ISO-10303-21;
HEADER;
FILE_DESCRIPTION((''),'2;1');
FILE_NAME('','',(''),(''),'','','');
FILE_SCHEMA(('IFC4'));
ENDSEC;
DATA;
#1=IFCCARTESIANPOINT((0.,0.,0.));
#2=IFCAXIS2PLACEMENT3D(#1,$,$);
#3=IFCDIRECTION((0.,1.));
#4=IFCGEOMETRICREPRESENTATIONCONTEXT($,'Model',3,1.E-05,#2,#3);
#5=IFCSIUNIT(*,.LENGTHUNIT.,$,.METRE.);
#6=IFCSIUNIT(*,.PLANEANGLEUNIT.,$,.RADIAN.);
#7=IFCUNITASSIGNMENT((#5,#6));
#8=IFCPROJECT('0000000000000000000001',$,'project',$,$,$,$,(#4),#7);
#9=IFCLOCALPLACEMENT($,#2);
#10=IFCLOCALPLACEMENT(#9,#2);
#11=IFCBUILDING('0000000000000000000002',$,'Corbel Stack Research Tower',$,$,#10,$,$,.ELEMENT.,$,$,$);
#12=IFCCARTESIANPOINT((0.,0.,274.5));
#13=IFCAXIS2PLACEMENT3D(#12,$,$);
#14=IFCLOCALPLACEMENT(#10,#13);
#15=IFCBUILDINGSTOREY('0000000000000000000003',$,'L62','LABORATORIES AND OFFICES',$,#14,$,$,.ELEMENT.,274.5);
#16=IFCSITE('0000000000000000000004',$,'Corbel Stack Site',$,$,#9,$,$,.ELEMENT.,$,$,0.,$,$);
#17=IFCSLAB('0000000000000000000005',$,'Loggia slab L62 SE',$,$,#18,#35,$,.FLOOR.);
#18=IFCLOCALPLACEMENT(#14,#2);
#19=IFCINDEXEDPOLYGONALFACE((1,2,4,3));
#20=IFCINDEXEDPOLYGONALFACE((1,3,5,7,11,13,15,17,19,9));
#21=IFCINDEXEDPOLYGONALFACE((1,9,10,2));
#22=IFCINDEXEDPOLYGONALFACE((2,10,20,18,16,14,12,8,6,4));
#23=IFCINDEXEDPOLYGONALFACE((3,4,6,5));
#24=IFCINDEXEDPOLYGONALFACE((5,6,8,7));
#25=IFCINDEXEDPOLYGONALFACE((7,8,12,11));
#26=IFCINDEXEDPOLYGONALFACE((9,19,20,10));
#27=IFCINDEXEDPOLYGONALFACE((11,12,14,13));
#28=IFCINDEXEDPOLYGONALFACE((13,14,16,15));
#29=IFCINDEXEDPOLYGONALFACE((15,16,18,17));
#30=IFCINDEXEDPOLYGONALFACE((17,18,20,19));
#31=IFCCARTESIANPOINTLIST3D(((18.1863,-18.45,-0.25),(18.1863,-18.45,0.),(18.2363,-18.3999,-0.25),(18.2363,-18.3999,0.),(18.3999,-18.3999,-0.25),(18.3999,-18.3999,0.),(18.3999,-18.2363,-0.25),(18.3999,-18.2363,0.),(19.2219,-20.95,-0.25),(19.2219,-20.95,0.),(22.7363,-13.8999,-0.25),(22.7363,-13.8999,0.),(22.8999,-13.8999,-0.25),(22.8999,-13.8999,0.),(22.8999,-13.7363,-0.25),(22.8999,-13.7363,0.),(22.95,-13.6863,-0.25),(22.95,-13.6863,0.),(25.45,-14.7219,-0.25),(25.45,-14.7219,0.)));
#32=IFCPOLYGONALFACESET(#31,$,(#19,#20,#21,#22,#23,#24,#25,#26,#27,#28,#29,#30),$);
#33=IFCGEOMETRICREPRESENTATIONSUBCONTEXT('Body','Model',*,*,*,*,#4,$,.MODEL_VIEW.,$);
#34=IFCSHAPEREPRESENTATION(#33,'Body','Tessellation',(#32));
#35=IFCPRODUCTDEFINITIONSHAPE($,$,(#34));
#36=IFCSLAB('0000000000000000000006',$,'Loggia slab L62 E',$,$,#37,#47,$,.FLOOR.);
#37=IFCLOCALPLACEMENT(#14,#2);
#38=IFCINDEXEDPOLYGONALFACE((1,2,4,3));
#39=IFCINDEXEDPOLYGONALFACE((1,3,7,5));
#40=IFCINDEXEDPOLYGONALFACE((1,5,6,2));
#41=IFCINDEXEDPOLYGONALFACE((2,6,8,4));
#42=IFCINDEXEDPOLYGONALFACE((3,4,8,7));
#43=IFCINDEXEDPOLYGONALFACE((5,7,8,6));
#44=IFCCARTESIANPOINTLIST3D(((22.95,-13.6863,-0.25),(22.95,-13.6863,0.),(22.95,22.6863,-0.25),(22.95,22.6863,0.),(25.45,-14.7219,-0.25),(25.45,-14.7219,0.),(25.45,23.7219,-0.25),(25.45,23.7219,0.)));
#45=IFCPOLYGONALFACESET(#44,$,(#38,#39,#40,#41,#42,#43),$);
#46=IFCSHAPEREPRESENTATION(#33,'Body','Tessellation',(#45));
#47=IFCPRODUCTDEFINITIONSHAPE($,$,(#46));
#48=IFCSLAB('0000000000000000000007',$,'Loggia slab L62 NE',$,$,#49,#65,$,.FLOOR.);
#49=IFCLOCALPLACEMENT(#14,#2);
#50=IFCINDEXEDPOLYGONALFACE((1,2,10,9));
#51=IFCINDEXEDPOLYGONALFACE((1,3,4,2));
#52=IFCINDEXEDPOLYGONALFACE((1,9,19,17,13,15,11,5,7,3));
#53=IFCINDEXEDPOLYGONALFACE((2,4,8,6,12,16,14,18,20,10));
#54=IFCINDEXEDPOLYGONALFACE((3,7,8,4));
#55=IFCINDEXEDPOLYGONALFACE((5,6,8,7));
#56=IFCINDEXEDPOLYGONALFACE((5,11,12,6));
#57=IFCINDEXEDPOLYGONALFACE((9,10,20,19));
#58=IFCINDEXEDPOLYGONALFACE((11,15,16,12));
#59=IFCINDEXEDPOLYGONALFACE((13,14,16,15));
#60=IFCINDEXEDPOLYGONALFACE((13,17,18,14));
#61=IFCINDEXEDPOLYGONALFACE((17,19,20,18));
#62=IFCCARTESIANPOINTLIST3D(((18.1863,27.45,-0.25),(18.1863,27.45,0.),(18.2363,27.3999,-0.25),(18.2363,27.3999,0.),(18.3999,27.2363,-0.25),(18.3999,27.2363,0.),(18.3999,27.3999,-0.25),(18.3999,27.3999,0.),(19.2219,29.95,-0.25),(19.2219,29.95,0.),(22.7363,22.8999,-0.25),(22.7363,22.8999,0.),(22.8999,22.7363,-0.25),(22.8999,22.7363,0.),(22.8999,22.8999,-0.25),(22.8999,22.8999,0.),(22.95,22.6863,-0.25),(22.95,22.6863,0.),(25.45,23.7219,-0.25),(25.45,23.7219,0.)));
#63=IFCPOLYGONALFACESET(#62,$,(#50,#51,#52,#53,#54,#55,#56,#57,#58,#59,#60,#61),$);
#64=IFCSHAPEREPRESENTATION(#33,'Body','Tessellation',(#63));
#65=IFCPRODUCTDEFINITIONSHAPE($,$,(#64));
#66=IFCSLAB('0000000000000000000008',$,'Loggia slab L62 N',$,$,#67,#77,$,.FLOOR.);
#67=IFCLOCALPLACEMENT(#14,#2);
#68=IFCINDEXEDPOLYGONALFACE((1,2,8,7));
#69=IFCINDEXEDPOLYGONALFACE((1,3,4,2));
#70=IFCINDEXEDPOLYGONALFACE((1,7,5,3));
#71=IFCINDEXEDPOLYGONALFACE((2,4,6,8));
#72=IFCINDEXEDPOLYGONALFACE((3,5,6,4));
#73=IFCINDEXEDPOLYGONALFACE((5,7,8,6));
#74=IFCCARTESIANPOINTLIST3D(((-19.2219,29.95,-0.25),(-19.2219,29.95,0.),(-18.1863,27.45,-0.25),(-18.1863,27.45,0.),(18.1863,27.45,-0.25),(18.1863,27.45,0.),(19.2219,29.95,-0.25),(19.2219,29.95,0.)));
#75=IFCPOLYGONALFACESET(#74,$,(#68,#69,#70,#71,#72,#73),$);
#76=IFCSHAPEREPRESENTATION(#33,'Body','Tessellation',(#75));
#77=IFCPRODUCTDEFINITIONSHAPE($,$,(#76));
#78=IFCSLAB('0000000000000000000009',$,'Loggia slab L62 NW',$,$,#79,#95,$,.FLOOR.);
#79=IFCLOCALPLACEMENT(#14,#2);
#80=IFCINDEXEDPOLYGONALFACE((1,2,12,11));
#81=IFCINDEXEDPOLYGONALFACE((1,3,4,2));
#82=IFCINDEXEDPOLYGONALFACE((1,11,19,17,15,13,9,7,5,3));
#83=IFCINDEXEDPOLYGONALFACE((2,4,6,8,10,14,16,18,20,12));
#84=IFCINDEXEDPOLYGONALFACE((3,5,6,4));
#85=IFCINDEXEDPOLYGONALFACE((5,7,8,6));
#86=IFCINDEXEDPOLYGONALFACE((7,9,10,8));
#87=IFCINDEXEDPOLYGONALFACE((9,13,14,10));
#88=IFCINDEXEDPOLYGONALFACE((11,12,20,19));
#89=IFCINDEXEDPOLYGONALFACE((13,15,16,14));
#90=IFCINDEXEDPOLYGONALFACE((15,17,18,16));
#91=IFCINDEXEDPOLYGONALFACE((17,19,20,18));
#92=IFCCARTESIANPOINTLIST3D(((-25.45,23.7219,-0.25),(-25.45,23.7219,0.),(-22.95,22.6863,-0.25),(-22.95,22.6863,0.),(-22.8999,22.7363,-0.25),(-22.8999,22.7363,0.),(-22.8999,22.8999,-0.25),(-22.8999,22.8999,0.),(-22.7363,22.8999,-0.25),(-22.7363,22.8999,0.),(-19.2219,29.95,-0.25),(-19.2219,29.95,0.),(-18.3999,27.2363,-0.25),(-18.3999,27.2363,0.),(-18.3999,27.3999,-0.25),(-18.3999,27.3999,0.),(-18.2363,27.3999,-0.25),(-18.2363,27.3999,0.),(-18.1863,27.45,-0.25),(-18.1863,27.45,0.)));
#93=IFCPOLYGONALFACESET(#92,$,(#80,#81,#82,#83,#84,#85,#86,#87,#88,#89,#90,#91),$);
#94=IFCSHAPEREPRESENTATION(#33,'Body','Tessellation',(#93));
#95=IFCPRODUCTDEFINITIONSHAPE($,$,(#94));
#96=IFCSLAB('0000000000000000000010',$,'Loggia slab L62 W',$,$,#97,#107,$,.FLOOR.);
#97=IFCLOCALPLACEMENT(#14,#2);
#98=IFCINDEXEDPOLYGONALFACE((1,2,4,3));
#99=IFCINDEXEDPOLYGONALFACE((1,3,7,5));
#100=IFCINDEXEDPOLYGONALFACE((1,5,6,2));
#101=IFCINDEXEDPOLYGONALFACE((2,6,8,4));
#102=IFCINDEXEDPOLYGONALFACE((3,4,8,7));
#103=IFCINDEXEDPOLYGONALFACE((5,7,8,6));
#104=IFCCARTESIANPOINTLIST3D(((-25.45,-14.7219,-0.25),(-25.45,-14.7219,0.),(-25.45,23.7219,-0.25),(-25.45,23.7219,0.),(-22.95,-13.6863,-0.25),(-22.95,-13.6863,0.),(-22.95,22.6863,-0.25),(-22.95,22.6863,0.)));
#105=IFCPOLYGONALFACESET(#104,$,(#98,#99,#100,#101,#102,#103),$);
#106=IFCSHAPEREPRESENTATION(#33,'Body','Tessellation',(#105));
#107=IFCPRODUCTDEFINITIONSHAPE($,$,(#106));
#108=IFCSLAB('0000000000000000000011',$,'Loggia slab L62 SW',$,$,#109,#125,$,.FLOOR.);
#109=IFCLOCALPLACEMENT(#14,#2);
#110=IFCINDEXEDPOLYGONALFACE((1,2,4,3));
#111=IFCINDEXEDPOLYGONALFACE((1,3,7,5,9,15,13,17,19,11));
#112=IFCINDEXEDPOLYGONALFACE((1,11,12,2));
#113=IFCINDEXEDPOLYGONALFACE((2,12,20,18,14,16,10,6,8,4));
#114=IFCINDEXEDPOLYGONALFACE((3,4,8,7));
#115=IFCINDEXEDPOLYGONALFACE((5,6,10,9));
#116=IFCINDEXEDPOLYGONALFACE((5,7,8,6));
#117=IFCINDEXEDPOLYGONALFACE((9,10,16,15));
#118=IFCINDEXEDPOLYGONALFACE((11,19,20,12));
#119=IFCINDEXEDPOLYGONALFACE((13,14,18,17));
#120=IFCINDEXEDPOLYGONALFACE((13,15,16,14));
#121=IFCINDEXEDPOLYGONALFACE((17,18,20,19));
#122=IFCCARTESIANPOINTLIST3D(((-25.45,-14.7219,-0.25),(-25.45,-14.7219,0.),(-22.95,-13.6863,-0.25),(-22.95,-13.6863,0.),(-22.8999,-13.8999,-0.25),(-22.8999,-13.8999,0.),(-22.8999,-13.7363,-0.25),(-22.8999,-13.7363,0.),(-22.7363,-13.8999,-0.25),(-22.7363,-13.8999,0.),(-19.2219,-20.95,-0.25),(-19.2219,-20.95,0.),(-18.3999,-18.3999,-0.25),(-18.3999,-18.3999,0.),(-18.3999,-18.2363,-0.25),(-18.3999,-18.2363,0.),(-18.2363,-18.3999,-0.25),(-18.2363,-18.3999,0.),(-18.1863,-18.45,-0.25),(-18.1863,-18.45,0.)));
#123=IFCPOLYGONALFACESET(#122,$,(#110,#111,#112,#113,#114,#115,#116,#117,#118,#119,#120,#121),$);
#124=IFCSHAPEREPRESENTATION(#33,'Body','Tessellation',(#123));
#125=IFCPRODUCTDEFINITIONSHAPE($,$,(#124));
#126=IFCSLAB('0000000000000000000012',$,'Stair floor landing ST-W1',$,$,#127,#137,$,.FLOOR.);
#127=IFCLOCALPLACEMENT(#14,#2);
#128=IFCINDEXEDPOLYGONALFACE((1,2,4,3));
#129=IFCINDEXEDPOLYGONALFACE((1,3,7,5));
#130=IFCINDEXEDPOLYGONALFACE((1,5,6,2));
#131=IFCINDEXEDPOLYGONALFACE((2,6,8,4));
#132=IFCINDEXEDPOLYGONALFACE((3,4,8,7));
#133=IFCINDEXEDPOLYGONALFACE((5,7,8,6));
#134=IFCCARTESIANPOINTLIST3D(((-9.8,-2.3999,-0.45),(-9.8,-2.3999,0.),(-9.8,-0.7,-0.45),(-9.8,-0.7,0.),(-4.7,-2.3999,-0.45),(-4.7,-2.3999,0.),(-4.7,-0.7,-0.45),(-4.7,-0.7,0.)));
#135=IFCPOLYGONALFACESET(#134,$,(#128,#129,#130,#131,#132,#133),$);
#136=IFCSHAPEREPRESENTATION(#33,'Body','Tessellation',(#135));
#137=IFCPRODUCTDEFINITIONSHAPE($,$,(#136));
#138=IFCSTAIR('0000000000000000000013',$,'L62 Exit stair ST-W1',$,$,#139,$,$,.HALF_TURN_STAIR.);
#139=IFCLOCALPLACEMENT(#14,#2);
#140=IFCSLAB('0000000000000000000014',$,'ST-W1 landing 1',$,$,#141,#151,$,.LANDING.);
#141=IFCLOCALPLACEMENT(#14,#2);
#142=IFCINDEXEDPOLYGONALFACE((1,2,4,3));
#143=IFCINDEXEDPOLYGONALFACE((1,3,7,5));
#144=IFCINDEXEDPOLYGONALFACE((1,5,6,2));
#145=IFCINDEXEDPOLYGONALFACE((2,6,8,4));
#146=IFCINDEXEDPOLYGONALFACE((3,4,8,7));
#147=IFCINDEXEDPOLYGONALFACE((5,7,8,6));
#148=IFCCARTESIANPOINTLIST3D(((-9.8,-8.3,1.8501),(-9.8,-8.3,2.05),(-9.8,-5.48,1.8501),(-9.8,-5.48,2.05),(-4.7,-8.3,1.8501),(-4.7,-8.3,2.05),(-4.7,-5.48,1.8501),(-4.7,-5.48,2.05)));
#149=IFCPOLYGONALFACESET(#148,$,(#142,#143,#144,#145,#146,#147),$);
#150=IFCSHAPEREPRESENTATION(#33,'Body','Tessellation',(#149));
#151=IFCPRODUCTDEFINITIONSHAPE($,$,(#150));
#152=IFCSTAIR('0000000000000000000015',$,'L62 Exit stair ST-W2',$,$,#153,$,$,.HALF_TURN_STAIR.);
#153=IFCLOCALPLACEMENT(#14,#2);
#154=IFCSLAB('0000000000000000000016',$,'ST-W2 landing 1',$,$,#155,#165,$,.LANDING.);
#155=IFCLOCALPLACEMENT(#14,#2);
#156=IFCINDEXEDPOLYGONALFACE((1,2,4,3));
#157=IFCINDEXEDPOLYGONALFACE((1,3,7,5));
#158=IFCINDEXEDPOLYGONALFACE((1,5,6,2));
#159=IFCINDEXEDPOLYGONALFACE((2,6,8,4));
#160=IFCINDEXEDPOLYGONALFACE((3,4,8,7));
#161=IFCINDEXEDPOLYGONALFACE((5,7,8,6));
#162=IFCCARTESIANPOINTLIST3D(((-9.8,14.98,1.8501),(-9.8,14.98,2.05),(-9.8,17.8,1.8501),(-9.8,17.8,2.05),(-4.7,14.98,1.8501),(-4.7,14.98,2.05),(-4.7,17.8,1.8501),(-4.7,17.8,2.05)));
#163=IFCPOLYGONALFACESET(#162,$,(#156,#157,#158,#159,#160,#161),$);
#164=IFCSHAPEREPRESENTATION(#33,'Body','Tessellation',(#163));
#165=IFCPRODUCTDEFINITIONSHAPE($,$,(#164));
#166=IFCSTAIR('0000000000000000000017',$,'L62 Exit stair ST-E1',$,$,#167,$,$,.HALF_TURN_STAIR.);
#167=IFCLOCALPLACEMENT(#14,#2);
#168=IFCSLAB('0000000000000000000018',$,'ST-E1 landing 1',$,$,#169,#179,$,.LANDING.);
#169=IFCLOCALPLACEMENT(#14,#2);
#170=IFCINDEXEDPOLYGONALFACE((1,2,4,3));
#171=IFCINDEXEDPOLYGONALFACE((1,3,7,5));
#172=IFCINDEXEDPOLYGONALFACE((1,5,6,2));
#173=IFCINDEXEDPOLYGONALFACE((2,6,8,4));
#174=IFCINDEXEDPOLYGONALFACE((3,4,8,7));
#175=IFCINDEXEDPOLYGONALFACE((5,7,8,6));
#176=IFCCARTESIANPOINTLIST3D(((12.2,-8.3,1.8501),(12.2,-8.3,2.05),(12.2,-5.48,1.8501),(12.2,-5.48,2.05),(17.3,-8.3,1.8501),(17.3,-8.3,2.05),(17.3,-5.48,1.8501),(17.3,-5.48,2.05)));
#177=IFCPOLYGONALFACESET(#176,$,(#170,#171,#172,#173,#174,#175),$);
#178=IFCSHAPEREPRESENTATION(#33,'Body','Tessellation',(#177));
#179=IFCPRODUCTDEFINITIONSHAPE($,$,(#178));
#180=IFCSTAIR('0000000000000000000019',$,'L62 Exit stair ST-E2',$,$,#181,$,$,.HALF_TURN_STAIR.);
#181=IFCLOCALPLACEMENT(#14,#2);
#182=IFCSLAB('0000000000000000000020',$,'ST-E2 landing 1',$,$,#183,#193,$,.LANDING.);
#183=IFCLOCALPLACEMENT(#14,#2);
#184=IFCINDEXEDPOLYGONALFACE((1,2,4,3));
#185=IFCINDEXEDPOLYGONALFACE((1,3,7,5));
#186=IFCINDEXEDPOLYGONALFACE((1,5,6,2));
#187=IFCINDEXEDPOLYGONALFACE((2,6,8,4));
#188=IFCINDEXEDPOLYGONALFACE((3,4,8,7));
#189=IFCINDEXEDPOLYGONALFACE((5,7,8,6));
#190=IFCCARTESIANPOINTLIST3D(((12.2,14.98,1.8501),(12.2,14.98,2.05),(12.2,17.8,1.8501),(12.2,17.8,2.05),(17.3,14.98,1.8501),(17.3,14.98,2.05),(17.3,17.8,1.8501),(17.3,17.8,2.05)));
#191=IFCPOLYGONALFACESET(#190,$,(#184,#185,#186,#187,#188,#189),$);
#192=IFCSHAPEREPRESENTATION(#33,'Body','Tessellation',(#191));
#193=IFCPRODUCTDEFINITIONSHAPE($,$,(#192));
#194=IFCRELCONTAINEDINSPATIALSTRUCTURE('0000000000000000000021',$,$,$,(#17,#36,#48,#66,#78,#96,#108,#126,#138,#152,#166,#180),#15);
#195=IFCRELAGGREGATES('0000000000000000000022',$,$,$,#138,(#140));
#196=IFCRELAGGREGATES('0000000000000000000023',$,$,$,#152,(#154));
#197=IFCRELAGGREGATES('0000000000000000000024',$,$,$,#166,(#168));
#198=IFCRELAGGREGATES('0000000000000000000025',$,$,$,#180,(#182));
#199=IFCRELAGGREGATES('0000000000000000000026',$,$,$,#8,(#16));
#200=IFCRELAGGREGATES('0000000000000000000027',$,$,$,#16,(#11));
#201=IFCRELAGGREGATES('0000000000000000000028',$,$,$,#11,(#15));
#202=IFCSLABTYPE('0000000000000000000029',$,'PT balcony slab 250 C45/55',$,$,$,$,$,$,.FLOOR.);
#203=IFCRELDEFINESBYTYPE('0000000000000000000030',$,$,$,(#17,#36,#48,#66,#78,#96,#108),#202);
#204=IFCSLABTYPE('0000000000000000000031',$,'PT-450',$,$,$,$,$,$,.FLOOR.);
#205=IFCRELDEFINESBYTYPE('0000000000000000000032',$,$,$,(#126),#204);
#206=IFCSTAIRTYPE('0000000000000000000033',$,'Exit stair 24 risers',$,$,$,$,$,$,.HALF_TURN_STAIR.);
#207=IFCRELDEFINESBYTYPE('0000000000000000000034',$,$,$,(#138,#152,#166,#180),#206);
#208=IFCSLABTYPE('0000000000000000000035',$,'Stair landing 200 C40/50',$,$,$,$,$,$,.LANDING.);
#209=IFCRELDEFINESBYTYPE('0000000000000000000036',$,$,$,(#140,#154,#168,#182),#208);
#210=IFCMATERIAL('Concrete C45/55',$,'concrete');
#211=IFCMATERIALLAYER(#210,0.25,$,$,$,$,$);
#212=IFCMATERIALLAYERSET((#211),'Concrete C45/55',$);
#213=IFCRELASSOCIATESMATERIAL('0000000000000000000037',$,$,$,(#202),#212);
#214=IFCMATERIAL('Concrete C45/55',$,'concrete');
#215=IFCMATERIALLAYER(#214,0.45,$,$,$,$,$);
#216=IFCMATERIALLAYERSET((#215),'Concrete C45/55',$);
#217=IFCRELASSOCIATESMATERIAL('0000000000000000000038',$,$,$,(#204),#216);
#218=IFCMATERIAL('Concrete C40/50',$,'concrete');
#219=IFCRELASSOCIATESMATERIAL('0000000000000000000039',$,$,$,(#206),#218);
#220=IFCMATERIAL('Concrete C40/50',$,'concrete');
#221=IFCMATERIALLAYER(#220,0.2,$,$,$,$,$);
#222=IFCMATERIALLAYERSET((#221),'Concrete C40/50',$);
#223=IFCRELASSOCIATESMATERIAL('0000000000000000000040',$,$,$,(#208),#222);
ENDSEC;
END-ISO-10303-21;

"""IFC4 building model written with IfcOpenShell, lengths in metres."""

from ifc_helpers import new_model, si_unit, direction, frame, origin, place, context, subcontext, project, spatial, polyline, outline, extrude, material, layer, layer_set, type_object, element, aggregate, save


model = new_model("IFC4")

# Units and contexts
model_context = context("Model", 3, precision=1e-05, world=origin(), true_north=direction((0.0, 1.0)))
body_context = subcontext(model_context, "Body", "Model", "MODEL_VIEW")
ifc_project = project(units=[si_unit("LENGTHUNIT", "METRE"), si_unit("PLANEANGLEUNIT", "RADIAN")], contexts=[model_context])

# Site, building, storey
site_placement = place(None, origin())
site = spatial("IfcSite", under=ifc_project, at=site_placement, Name="Corbel Stack Site", CompositionType="ELEMENT", RefElevation=0.0)
building_placement = place(site_placement, origin())
building = spatial("IfcBuilding", under=site, at=building_placement, Name="Corbel Stack Research Tower", CompositionType="ELEMENT")
storey_placement = place(building_placement, frame((0.0, 0.0, 274.5)))
storey = spatial("IfcBuildingStorey", under=building, at=storey_placement, Name="L62", Description="LABORATORIES AND OFFICES", CompositionType="ELEMENT", Elevation=274.5)

# Slabs
ifc_material_1 = material(Name="Concrete C45/55", Category="concrete")
ifc_layer_1 = layer(ifc_material_1, 0.25)
ifc_layer_set_1 = layer_set([ifc_layer_1], Name="Concrete C45/55")
slab_type_1 = type_object("IfcSlabType", Name="PT balcony slab 250 C45/55", PredefinedType="FLOOR", material=ifc_layer_set_1)
slab_1_placement = place(storey_placement, frame((0.0, 0.0, -0.25)))
element("IfcSlab", 1, at=slab_1_placement, inside=storey, type_object=slab_type_1, Name="Loggia slab L62 SE", PredefinedType="FLOOR", context=body_context, shape_type="SweptSolid", body=[
    extrude(outline(polyline([(22.95, -13.6863), (22.8999, -13.7363), (22.8999, -13.8999), (22.7363, -13.8999), (18.3999, -18.2363), (18.3999, -18.3999), (18.2363, -18.3999), (18.1863, -18.45), (19.2219, -20.95), (25.45, -14.7219), (22.95, -13.6863)])), origin(), (0.0, 0.0, 1.0), 0.25),
])
slab_2_placement = place(storey_placement, frame((0.0, 0.0, -0.25)))
element("IfcSlab", 2, at=slab_2_placement, inside=storey, type_object=slab_type_1, Name="Loggia slab L62 E", PredefinedType="FLOOR", context=body_context, shape_type="SweptSolid", body=[
    extrude(outline(polyline([(22.95, 22.6863), (22.95, -13.6863), (25.45, -14.7219), (25.45, 23.7219), (22.95, 22.6863)])), origin(), (0.0, 0.0, 1.0), 0.25),
])
slab_3_placement = place(storey_placement, frame((0.0, 0.0, -0.25)))
element("IfcSlab", 3, at=slab_3_placement, inside=storey, type_object=slab_type_1, Name="Loggia slab L62 NE", PredefinedType="FLOOR", context=body_context, shape_type="SweptSolid", body=[
    extrude(outline(polyline([(18.1863, 27.45), (18.2363, 27.3999), (18.3999, 27.3999), (18.3999, 27.2363), (22.7363, 22.8999), (22.8999, 22.8999), (22.8999, 22.7363), (22.95, 22.6863), (25.45, 23.7219), (19.2219, 29.95), (18.1863, 27.45)])), origin(), (0.0, 0.0, 1.0), 0.25),
])
slab_4_placement = place(storey_placement, frame((0.0, 0.0, -0.25)))
element("IfcSlab", 4, at=slab_4_placement, inside=storey, type_object=slab_type_1, Name="Loggia slab L62 N", PredefinedType="FLOOR", context=body_context, shape_type="SweptSolid", body=[
    extrude(outline(polyline([(-18.1863, 27.45), (18.1863, 27.45), (19.2219, 29.95), (-19.2219, 29.95), (-18.1863, 27.45)])), origin(), (0.0, 0.0, 1.0), 0.25),
])
slab_5_placement = place(storey_placement, frame((0.0, 0.0, -0.25)))
element("IfcSlab", 5, at=slab_5_placement, inside=storey, type_object=slab_type_1, Name="Loggia slab L62 NW", PredefinedType="FLOOR", context=body_context, shape_type="SweptSolid", body=[
    extrude(outline(polyline([(-22.95, 22.6863), (-22.8999, 22.7363), (-22.8999, 22.8999), (-22.7363, 22.8999), (-18.3999, 27.2363), (-18.3999, 27.3999), (-18.2363, 27.3999), (-18.1863, 27.45), (-19.2219, 29.95), (-25.45, 23.7219), (-22.95, 22.6863)])), origin(), (0.0, 0.0, 1.0), 0.25),
])
slab_6_placement = place(storey_placement, frame((0.0, 0.0, -0.25)))
element("IfcSlab", 6, at=slab_6_placement, inside=storey, type_object=slab_type_1, Name="Loggia slab L62 W", PredefinedType="FLOOR", context=body_context, shape_type="SweptSolid", body=[
    extrude(outline(polyline([(-22.95, -13.6863), (-22.95, 22.6863), (-25.45, 23.7219), (-25.45, -14.7219), (-22.95, -13.6863)])), origin(), (0.0, 0.0, 1.0), 0.25),
])
slab_7_placement = place(storey_placement, frame((0.0, 0.0, -0.25)))
element("IfcSlab", 7, at=slab_7_placement, inside=storey, type_object=slab_type_1, Name="Loggia slab L62 SW", PredefinedType="FLOOR", context=body_context, shape_type="SweptSolid", body=[
    extrude(outline(polyline([(-18.1863, -18.45), (-18.2363, -18.3999), (-18.3999, -18.3999), (-18.3999, -18.2363), (-22.7363, -13.8999), (-22.8999, -13.8999), (-22.8999, -13.7363), (-22.95, -13.6863), (-25.45, -14.7219), (-19.2219, -20.95), (-18.1863, -18.45)])), origin(), (0.0, 0.0, 1.0), 0.25),
])
ifc_material_2 = material(Name="Concrete C45/55", Category="concrete")
ifc_layer_2 = layer(ifc_material_2, 0.45)
ifc_layer_set_2 = layer_set([ifc_layer_2], Name="Concrete C45/55")
slab_type_2 = type_object("IfcSlabType", Name="PT-450", PredefinedType="FLOOR", material=ifc_layer_set_2)
slab_8_placement = place(storey_placement, frame((0.0, 0.0, -0.45)))
element("IfcSlab", 8, at=slab_8_placement, inside=storey, type_object=slab_type_2, Name="Stair floor landing ST-W1", PredefinedType="FLOOR", context=body_context, shape_type="SweptSolid", body=[
    extrude(outline(polyline([(-9.8, -2.3999), (-4.7, -2.3999), (-4.7, -0.7), (-9.8, -0.7), (-9.8, -2.3999)])), origin(), (0.0, 0.0, 1.0), 0.45),
])

# Stairs, slabs
ifc_material_3 = material(Name="Concrete C40/50", Category="concrete")
stair_type = type_object("IfcStairType", Name="Exit stair 24 risers", PredefinedType="HALF_TURN_STAIR", material=ifc_material_3)
stair_1_placement = place(storey_placement, origin())
stair_1 = element("IfcStair", 9, at=stair_1_placement, inside=storey, type_object=stair_type, Name="L62 Exit stair ST-W1", PredefinedType="HALF_TURN_STAIR")
ifc_material_4 = material(Name="Concrete C40/50", Category="concrete")
ifc_layer_3 = layer(ifc_material_4, 0.2)
ifc_layer_set_3 = layer_set([ifc_layer_3], Name="Concrete C40/50")
slab_type_3 = type_object("IfcSlabType", Name="Stair landing 200 C40/50", PredefinedType="LANDING", material=ifc_layer_set_3)
slab_9_placement = place(storey_placement, frame((0.0, 0.0, 1.8501)))
slab_9 = element("IfcSlab", 10, at=slab_9_placement, type_object=slab_type_3, Name="ST-W1 landing 1", PredefinedType="LANDING", context=body_context, shape_type="SweptSolid", body=[
    extrude(outline(polyline([(-9.8, -8.3), (-9.8, -5.48), (-4.7, -5.48), (-4.7, -8.3), (-9.8, -8.3)])), origin(), (0.0, 0.0, 1.0), 0.2),
])
aggregate(stair_1, [slab_9])
stair_2_placement = place(storey_placement, origin())
stair_2 = element("IfcStair", 11, at=stair_2_placement, inside=storey, type_object=stair_type, Name="L62 Exit stair ST-W2", PredefinedType="HALF_TURN_STAIR")
slab_10_placement = place(storey_placement, frame((0.0, 0.0, 1.8501)))
slab_10 = element("IfcSlab", 12, at=slab_10_placement, type_object=slab_type_3, Name="ST-W2 landing 1", PredefinedType="LANDING", context=body_context, shape_type="SweptSolid", body=[
    extrude(outline(polyline([(-9.8, 14.98), (-9.8, 17.8), (-4.7, 17.8), (-4.7, 14.98), (-9.8, 14.98)])), origin(), (0.0, 0.0, 1.0), 0.2),
])
aggregate(stair_2, [slab_10])
stair_3_placement = place(storey_placement, origin())
stair_3 = element("IfcStair", 13, at=stair_3_placement, inside=storey, type_object=stair_type, Name="L62 Exit stair ST-E1", PredefinedType="HALF_TURN_STAIR")
slab_11_placement = place(storey_placement, frame((0.0, 0.0, 1.8501)))
slab_11 = element("IfcSlab", 14, at=slab_11_placement, type_object=slab_type_3, Name="ST-E1 landing 1", PredefinedType="LANDING", context=body_context, shape_type="SweptSolid", body=[
    extrude(outline(polyline([(12.2, -8.3), (12.2, -5.48), (17.3, -5.48), (17.3, -8.3), (12.2, -8.3)])), origin(), (0.0, 0.0, 1.0), 0.2),
])
aggregate(stair_3, [slab_11])
stair_4_placement = place(storey_placement, origin())
stair_4 = element("IfcStair", 15, at=stair_4_placement, inside=storey, type_object=stair_type, Name="L62 Exit stair ST-E2", PredefinedType="HALF_TURN_STAIR")
slab_12_placement = place(storey_placement, frame((0.0, 0.0, 1.8501)))
slab_12 = element("IfcSlab", 16, at=slab_12_placement, type_object=slab_type_3, Name="ST-E2 landing 1", PredefinedType="LANDING", context=body_context, shape_type="SweptSolid", body=[
    extrude(outline(polyline([(12.2, 14.98), (12.2, 17.8), (17.3, 17.8), (17.3, 14.98), (12.2, 14.98)])), origin(), (0.0, 0.0, 1.0), 0.2),
])
aggregate(stair_4, [slab_12])

save(model, "model.ifc")
